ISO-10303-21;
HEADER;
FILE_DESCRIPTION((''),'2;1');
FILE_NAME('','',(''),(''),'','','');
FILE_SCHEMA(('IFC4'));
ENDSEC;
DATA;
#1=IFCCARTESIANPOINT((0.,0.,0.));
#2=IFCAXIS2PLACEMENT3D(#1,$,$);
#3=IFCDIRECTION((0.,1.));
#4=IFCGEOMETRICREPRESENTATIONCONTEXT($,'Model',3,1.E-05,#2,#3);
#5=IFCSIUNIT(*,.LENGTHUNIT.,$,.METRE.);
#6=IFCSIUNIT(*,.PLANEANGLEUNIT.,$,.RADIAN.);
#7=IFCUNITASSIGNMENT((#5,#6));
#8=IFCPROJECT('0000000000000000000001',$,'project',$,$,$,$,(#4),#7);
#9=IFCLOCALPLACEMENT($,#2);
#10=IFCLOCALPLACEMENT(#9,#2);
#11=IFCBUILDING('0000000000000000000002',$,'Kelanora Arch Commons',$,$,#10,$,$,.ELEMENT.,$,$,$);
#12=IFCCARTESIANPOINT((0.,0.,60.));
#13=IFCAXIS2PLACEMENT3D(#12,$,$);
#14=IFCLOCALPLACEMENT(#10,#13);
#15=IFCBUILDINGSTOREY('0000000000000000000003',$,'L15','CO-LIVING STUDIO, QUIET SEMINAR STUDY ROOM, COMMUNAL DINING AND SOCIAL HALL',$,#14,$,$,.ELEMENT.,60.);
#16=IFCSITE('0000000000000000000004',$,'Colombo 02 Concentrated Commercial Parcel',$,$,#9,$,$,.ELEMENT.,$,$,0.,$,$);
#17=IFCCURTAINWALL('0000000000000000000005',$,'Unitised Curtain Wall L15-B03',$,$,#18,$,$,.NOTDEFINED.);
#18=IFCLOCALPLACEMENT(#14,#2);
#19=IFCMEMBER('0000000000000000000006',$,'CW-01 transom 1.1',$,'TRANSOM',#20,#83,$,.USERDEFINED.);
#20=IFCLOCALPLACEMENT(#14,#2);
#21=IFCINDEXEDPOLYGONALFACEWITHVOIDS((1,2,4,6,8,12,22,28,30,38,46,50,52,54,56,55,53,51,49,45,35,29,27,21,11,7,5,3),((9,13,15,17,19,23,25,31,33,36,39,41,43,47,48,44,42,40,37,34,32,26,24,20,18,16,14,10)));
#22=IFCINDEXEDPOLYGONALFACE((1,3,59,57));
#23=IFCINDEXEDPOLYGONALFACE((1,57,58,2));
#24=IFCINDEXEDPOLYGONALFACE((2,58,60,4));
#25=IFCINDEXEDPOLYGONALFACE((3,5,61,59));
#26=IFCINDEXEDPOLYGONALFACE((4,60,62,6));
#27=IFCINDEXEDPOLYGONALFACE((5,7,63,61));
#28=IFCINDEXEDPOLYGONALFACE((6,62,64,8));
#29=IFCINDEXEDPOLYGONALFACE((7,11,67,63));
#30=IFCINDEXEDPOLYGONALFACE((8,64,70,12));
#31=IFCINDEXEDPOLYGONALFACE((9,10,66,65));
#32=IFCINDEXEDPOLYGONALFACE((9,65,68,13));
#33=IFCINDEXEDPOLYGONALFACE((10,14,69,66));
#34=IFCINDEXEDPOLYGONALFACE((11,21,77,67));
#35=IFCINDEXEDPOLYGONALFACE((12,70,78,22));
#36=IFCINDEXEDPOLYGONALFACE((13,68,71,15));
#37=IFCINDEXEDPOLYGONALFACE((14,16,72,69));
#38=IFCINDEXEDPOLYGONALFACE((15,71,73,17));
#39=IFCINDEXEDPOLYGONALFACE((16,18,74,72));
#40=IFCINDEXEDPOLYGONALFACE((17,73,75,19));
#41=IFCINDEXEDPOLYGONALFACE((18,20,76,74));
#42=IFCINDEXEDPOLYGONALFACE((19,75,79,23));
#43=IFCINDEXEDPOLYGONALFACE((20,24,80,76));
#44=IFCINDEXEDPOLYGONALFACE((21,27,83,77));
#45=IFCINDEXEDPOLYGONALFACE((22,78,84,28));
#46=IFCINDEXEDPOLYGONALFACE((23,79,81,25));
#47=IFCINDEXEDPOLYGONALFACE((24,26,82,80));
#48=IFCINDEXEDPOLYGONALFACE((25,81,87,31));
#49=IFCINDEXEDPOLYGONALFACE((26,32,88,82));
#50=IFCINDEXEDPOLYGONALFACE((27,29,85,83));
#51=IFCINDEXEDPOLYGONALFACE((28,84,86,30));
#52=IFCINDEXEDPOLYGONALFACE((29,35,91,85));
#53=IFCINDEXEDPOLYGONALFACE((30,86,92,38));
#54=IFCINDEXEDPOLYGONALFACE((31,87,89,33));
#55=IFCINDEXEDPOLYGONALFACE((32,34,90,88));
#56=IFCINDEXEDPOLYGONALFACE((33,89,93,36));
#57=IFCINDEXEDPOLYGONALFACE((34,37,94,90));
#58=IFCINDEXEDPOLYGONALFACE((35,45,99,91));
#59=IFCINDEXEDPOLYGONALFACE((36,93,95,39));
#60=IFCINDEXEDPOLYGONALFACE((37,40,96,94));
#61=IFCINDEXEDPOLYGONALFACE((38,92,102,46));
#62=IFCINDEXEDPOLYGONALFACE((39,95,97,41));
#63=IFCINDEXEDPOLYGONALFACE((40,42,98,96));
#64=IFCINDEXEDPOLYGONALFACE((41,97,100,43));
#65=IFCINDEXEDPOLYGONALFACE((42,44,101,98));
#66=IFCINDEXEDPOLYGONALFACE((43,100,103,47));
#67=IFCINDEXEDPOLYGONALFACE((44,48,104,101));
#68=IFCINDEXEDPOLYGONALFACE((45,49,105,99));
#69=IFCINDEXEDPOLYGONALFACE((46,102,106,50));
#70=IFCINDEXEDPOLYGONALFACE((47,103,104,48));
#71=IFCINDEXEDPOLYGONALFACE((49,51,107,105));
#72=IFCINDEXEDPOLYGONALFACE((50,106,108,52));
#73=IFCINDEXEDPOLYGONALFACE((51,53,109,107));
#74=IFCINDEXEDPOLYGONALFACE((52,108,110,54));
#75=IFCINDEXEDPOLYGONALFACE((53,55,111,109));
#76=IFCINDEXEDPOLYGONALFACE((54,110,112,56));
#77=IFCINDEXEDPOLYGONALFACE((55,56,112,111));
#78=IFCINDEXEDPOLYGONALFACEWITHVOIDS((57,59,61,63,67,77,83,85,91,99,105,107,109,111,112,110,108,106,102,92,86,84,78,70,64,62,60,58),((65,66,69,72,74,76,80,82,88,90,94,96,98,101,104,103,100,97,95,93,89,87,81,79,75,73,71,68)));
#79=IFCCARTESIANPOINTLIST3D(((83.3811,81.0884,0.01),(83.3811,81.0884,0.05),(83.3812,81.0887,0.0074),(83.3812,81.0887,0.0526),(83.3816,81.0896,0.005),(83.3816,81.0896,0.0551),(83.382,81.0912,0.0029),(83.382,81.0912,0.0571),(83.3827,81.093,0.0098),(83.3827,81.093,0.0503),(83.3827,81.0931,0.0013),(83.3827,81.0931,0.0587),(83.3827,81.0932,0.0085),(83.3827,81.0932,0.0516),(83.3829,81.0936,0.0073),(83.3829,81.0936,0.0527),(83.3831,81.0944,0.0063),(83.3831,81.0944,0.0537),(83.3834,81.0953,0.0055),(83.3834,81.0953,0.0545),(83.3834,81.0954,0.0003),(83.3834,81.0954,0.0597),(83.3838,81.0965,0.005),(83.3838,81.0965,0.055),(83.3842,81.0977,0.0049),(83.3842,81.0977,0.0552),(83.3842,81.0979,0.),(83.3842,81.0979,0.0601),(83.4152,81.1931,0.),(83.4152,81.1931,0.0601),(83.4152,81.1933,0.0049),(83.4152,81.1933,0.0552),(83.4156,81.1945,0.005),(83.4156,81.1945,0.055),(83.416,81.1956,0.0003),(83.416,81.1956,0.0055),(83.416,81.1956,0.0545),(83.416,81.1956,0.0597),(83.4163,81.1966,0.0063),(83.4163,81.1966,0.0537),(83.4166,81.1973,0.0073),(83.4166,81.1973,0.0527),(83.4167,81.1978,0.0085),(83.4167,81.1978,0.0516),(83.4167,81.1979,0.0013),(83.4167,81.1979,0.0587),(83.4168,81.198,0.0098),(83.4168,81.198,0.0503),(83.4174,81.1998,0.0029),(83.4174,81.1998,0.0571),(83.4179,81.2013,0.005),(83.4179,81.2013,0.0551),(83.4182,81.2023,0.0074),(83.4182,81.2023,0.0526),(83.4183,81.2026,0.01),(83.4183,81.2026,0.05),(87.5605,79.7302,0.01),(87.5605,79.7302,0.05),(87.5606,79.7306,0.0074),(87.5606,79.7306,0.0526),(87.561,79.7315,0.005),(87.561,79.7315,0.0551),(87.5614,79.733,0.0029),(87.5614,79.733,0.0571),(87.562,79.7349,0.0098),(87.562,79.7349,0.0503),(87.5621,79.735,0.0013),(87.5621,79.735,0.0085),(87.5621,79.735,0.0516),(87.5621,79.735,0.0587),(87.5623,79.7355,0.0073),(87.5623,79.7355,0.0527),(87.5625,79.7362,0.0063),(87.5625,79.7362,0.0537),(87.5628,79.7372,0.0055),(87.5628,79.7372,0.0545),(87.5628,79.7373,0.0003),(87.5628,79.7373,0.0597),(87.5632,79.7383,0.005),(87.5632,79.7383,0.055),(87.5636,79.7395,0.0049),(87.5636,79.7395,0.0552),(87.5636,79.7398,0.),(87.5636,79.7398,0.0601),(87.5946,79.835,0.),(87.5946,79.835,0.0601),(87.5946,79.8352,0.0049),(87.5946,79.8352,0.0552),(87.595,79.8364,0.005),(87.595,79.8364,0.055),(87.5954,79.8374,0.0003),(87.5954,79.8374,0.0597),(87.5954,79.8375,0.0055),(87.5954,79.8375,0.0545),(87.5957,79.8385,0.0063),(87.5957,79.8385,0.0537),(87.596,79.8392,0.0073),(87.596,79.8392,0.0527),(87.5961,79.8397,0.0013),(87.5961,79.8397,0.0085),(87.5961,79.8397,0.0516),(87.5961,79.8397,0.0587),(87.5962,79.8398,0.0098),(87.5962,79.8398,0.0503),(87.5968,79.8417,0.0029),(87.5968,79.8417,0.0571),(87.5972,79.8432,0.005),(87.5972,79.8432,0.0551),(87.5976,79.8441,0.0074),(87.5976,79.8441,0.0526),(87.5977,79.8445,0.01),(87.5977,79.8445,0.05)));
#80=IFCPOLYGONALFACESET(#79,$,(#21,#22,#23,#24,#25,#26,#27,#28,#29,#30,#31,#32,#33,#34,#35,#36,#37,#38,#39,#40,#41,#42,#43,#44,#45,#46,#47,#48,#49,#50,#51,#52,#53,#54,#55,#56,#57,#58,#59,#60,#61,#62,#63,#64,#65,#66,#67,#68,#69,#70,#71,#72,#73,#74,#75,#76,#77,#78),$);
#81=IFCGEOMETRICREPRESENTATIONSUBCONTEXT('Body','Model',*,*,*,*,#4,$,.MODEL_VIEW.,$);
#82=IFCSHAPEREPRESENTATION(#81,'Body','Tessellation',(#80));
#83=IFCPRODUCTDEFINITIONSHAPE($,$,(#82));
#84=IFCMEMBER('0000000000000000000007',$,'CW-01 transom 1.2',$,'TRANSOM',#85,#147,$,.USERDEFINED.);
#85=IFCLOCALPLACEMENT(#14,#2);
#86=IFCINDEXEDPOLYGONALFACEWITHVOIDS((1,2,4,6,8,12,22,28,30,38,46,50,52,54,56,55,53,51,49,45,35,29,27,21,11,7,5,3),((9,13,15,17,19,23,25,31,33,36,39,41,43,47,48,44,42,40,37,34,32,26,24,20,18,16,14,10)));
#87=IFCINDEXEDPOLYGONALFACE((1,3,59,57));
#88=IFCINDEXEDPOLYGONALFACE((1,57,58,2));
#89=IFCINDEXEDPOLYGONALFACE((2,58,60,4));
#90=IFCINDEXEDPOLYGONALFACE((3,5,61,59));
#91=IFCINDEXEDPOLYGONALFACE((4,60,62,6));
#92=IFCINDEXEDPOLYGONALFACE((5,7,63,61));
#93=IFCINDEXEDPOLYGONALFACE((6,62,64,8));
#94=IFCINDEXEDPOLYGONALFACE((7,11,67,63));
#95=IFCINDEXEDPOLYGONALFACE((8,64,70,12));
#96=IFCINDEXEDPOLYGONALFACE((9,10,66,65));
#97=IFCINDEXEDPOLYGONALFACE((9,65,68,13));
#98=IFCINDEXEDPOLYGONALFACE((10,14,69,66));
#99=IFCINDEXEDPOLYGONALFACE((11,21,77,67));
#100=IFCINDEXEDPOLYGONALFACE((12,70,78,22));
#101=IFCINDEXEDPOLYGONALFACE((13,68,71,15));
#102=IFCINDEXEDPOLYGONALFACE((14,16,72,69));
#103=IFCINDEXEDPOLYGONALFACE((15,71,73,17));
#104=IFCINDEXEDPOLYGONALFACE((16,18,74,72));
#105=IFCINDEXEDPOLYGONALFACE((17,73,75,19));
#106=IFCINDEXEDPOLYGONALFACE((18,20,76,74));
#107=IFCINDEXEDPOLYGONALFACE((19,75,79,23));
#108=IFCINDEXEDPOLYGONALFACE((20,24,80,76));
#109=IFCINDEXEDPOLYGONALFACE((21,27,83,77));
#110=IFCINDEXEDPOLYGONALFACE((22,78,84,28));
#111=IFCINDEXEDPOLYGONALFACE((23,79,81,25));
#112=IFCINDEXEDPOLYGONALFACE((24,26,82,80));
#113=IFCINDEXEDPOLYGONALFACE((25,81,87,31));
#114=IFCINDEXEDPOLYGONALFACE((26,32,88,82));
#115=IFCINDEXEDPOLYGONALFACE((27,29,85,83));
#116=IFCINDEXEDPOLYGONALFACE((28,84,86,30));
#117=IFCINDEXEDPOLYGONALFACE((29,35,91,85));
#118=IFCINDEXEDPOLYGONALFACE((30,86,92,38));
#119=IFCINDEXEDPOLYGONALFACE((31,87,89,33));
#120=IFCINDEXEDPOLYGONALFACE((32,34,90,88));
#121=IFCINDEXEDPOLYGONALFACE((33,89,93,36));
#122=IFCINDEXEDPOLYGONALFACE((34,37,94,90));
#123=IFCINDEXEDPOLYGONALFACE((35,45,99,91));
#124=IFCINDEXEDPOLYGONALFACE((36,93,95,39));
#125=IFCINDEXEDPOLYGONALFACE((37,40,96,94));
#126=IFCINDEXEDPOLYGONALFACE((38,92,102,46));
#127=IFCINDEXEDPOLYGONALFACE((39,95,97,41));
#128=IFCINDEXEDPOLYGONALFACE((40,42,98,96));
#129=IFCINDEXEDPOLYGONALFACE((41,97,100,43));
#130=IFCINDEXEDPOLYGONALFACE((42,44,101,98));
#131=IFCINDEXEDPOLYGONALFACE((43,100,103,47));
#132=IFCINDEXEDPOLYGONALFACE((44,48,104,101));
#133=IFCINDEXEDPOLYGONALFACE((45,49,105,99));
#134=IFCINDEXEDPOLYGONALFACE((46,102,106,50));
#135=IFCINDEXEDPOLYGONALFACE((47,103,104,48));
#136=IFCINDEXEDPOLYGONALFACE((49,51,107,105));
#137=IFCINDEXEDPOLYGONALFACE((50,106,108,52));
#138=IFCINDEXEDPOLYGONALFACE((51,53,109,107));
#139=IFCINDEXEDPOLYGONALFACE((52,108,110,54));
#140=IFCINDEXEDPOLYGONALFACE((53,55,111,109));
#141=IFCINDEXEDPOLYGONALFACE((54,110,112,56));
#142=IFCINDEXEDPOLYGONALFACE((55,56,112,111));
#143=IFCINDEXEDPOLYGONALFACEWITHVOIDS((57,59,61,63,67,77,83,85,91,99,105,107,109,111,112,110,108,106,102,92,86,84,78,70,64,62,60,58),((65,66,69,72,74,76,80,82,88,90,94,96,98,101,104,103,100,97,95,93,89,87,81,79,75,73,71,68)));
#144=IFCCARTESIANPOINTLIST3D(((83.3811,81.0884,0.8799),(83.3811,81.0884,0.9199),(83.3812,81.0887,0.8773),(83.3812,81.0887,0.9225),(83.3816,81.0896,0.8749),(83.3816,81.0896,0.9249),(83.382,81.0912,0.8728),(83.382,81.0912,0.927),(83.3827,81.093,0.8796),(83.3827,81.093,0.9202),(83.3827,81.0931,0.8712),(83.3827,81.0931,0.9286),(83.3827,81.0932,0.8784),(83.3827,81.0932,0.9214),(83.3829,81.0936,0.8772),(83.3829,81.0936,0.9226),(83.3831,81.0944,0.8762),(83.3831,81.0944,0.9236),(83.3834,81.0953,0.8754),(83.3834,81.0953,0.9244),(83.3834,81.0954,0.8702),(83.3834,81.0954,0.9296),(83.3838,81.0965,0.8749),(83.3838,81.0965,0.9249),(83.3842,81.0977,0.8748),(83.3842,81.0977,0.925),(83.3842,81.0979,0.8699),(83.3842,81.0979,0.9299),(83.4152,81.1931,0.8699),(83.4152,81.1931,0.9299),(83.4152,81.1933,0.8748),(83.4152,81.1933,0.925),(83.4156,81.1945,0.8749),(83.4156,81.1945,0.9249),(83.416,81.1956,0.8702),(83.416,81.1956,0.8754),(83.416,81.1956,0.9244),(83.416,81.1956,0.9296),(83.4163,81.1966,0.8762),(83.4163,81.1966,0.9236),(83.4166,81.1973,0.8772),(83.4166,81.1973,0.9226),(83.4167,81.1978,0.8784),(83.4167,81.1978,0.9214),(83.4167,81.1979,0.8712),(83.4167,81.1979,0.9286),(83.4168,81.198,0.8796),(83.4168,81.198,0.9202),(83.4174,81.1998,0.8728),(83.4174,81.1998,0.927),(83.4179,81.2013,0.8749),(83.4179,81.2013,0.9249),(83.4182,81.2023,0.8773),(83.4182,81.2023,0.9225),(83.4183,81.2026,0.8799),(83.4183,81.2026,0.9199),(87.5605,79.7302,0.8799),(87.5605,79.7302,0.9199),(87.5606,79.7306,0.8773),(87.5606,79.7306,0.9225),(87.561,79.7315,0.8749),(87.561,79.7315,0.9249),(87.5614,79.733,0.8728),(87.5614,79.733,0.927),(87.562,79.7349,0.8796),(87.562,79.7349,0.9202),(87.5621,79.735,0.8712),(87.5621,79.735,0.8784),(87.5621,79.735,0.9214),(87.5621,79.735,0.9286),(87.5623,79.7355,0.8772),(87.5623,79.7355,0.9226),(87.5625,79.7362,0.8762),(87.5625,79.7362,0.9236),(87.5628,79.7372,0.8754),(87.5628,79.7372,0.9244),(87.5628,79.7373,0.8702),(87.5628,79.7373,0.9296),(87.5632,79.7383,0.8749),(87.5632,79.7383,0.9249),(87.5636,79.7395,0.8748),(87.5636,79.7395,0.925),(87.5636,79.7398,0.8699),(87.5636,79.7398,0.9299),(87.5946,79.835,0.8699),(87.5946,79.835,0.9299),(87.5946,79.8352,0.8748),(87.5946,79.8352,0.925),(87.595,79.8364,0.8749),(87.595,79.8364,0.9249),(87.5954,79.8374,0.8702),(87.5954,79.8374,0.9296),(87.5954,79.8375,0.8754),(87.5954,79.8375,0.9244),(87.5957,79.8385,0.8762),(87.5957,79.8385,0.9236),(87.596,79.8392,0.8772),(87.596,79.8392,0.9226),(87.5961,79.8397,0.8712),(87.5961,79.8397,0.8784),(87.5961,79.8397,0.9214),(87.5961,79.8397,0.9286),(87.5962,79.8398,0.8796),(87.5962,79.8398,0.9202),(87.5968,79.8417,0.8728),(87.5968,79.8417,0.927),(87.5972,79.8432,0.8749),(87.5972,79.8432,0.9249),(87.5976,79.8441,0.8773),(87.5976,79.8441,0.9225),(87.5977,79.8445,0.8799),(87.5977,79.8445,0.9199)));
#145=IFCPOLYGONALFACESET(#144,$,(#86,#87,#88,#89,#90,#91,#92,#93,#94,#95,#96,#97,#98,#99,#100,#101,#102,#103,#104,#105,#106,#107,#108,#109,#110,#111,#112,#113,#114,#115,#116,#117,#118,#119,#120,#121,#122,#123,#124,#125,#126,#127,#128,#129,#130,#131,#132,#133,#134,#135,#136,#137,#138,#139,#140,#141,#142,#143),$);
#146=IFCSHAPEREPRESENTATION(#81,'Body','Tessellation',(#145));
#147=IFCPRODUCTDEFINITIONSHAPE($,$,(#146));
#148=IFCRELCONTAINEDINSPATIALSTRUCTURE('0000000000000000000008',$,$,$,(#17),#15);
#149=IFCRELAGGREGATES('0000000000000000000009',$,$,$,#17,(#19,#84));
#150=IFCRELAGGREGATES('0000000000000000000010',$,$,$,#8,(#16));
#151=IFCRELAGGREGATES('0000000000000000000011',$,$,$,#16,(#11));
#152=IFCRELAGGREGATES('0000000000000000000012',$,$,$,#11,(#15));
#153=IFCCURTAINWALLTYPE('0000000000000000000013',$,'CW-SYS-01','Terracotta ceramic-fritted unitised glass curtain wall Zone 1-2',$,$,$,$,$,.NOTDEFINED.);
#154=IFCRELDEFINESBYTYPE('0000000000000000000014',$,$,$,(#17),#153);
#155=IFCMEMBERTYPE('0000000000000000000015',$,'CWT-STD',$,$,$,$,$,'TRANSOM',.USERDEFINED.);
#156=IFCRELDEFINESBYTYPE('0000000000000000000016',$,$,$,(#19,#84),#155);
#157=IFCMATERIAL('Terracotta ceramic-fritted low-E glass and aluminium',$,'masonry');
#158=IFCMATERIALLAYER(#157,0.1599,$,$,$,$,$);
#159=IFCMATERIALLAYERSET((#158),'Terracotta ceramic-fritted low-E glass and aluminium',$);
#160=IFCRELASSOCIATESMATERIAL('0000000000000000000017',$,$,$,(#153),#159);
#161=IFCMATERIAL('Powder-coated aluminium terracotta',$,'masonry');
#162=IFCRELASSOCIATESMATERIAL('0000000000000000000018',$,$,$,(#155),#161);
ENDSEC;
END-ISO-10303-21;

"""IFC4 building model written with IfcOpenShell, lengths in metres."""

from ifc_helpers import new_model, si_unit, direction, frame, origin, origin_2d, place, context, subcontext, project, spatial, hollow_rectangle, extrude, material, layer, layer_set, material_profile, profile_set, type_object, element, aggregate, save


model = new_model("IFC4")

# Units and contexts
model_context = context("Model", 3, precision=1e-05, world=origin(), true_north=direction((0.0, 1.0)))
body_context = subcontext(model_context, "Body", "Model", "MODEL_VIEW")
ifc_project = project(units=[si_unit("LENGTHUNIT", "METRE"), si_unit("PLANEANGLEUNIT", "RADIAN")], contexts=[model_context])

# Site, building, storey
site_placement = place(None, origin())
site = spatial("IfcSite", under=ifc_project, at=site_placement, Name="Colombo 02 Concentrated Commercial Parcel", CompositionType="ELEMENT", RefElevation=0.0)
building_placement = place(site_placement, origin())
building = spatial("IfcBuilding", under=site, at=building_placement, Name="Kelanora Arch Commons", CompositionType="ELEMENT")
storey_placement = place(building_placement, frame((0.0, 0.0, 60.0)))
storey = spatial("IfcBuildingStorey", under=building, at=storey_placement, Name="L15", Description="CO-LIVING STUDIO, QUIET SEMINAR STUDY ROOM, COMMUNAL DINING AND SOCIAL HALL", CompositionType="ELEMENT", Elevation=60.0)

# Curtain wall, members
ifc_material_1 = material(Name="Terracotta ceramic-fritted low-E glass and aluminium", Category="masonry")
ifc_layer_1 = layer(ifc_material_1, 0.1599)
ifc_layer_set_1 = layer_set([ifc_layer_1], Name="Terracotta ceramic-fritted low-E glass and aluminium")
curtain_wall_type = type_object("IfcCurtainWallType", Name="CW-SYS-01", Description="Terracotta ceramic-fritted unitised glass curtain wall Zone 1-2", PredefinedType="NOTDEFINED", material=ifc_layer_set_1)
curtain_wall_placement = place(storey_placement, origin())
curtain_wall = element("IfcCurtainWall", 1, at=curtain_wall_placement, inside=storey, type_object=curtain_wall_type, Name="Unitised Curtain Wall L15-B03", PredefinedType="NOTDEFINED")
ifc_material_2 = material(Name="Powder-coated aluminium terracotta", Category="masonry")
ifc_material_profile_1 = material_profile(ifc_material_2, hollow_rectangle(XDim=0.1201, YDim=0.0601, WallThickness=0.0049, InnerFilletRadius=0.0049, OuterFilletRadius=0.01, at=origin_2d()), Name="CWT120x60")
ifc_profile_set_1 = profile_set([ifc_material_profile_1], Name="Powder-coated aluminium terracotta")
member_type_1 = type_object("IfcMemberType", Name="CWT-STD", ElementType="TRANSOM", PredefinedType="USERDEFINED", material=ifc_profile_set_1)
member_1_placement = place(storey_placement, frame((87.5791, 79.7874, 0.03), z_axis=(-0.951045, 0.309052, 0.0), x_axis=(-0.309052, -0.951045, 0.0)))
member_1 = element("IfcMember", 2, at=member_1_placement, type_object=member_type_1, Name="CW-01 transom 1.1", ObjectType="TRANSOM", PredefinedType="USERDEFINED", context=body_context, shape_type="SweptSolid", body=[
    extrude(hollow_rectangle(XDim=0.1201, YDim=0.0601, WallThickness=0.0049, InnerFilletRadius=0.0049, OuterFilletRadius=0.01, at=origin_2d()), origin(), (0.0, 0.0, 1.0), 4.3945),
])
member_2_placement = place(storey_placement, frame((87.5791, 79.7874, 0.8999), z_axis=(-0.951045, 0.309052, 0.0), x_axis=(-0.309052, -0.951045, 0.0)))
member_2 = element("IfcMember", 3, at=member_2_placement, type_object=member_type_1, Name="CW-01 transom 1.2", ObjectType="TRANSOM", PredefinedType="USERDEFINED", context=body_context, shape_type="SweptSolid", body=[
    extrude(hollow_rectangle(XDim=0.1201, YDim=0.0601, WallThickness=0.0049, InnerFilletRadius=0.0049, OuterFilletRadius=0.01, at=origin_2d()), origin(), (0.0, 0.0, 1.0), 4.3945),
])
aggregate(curtain_wall, [member_1, member_2])

save(model, "model.ifc")
